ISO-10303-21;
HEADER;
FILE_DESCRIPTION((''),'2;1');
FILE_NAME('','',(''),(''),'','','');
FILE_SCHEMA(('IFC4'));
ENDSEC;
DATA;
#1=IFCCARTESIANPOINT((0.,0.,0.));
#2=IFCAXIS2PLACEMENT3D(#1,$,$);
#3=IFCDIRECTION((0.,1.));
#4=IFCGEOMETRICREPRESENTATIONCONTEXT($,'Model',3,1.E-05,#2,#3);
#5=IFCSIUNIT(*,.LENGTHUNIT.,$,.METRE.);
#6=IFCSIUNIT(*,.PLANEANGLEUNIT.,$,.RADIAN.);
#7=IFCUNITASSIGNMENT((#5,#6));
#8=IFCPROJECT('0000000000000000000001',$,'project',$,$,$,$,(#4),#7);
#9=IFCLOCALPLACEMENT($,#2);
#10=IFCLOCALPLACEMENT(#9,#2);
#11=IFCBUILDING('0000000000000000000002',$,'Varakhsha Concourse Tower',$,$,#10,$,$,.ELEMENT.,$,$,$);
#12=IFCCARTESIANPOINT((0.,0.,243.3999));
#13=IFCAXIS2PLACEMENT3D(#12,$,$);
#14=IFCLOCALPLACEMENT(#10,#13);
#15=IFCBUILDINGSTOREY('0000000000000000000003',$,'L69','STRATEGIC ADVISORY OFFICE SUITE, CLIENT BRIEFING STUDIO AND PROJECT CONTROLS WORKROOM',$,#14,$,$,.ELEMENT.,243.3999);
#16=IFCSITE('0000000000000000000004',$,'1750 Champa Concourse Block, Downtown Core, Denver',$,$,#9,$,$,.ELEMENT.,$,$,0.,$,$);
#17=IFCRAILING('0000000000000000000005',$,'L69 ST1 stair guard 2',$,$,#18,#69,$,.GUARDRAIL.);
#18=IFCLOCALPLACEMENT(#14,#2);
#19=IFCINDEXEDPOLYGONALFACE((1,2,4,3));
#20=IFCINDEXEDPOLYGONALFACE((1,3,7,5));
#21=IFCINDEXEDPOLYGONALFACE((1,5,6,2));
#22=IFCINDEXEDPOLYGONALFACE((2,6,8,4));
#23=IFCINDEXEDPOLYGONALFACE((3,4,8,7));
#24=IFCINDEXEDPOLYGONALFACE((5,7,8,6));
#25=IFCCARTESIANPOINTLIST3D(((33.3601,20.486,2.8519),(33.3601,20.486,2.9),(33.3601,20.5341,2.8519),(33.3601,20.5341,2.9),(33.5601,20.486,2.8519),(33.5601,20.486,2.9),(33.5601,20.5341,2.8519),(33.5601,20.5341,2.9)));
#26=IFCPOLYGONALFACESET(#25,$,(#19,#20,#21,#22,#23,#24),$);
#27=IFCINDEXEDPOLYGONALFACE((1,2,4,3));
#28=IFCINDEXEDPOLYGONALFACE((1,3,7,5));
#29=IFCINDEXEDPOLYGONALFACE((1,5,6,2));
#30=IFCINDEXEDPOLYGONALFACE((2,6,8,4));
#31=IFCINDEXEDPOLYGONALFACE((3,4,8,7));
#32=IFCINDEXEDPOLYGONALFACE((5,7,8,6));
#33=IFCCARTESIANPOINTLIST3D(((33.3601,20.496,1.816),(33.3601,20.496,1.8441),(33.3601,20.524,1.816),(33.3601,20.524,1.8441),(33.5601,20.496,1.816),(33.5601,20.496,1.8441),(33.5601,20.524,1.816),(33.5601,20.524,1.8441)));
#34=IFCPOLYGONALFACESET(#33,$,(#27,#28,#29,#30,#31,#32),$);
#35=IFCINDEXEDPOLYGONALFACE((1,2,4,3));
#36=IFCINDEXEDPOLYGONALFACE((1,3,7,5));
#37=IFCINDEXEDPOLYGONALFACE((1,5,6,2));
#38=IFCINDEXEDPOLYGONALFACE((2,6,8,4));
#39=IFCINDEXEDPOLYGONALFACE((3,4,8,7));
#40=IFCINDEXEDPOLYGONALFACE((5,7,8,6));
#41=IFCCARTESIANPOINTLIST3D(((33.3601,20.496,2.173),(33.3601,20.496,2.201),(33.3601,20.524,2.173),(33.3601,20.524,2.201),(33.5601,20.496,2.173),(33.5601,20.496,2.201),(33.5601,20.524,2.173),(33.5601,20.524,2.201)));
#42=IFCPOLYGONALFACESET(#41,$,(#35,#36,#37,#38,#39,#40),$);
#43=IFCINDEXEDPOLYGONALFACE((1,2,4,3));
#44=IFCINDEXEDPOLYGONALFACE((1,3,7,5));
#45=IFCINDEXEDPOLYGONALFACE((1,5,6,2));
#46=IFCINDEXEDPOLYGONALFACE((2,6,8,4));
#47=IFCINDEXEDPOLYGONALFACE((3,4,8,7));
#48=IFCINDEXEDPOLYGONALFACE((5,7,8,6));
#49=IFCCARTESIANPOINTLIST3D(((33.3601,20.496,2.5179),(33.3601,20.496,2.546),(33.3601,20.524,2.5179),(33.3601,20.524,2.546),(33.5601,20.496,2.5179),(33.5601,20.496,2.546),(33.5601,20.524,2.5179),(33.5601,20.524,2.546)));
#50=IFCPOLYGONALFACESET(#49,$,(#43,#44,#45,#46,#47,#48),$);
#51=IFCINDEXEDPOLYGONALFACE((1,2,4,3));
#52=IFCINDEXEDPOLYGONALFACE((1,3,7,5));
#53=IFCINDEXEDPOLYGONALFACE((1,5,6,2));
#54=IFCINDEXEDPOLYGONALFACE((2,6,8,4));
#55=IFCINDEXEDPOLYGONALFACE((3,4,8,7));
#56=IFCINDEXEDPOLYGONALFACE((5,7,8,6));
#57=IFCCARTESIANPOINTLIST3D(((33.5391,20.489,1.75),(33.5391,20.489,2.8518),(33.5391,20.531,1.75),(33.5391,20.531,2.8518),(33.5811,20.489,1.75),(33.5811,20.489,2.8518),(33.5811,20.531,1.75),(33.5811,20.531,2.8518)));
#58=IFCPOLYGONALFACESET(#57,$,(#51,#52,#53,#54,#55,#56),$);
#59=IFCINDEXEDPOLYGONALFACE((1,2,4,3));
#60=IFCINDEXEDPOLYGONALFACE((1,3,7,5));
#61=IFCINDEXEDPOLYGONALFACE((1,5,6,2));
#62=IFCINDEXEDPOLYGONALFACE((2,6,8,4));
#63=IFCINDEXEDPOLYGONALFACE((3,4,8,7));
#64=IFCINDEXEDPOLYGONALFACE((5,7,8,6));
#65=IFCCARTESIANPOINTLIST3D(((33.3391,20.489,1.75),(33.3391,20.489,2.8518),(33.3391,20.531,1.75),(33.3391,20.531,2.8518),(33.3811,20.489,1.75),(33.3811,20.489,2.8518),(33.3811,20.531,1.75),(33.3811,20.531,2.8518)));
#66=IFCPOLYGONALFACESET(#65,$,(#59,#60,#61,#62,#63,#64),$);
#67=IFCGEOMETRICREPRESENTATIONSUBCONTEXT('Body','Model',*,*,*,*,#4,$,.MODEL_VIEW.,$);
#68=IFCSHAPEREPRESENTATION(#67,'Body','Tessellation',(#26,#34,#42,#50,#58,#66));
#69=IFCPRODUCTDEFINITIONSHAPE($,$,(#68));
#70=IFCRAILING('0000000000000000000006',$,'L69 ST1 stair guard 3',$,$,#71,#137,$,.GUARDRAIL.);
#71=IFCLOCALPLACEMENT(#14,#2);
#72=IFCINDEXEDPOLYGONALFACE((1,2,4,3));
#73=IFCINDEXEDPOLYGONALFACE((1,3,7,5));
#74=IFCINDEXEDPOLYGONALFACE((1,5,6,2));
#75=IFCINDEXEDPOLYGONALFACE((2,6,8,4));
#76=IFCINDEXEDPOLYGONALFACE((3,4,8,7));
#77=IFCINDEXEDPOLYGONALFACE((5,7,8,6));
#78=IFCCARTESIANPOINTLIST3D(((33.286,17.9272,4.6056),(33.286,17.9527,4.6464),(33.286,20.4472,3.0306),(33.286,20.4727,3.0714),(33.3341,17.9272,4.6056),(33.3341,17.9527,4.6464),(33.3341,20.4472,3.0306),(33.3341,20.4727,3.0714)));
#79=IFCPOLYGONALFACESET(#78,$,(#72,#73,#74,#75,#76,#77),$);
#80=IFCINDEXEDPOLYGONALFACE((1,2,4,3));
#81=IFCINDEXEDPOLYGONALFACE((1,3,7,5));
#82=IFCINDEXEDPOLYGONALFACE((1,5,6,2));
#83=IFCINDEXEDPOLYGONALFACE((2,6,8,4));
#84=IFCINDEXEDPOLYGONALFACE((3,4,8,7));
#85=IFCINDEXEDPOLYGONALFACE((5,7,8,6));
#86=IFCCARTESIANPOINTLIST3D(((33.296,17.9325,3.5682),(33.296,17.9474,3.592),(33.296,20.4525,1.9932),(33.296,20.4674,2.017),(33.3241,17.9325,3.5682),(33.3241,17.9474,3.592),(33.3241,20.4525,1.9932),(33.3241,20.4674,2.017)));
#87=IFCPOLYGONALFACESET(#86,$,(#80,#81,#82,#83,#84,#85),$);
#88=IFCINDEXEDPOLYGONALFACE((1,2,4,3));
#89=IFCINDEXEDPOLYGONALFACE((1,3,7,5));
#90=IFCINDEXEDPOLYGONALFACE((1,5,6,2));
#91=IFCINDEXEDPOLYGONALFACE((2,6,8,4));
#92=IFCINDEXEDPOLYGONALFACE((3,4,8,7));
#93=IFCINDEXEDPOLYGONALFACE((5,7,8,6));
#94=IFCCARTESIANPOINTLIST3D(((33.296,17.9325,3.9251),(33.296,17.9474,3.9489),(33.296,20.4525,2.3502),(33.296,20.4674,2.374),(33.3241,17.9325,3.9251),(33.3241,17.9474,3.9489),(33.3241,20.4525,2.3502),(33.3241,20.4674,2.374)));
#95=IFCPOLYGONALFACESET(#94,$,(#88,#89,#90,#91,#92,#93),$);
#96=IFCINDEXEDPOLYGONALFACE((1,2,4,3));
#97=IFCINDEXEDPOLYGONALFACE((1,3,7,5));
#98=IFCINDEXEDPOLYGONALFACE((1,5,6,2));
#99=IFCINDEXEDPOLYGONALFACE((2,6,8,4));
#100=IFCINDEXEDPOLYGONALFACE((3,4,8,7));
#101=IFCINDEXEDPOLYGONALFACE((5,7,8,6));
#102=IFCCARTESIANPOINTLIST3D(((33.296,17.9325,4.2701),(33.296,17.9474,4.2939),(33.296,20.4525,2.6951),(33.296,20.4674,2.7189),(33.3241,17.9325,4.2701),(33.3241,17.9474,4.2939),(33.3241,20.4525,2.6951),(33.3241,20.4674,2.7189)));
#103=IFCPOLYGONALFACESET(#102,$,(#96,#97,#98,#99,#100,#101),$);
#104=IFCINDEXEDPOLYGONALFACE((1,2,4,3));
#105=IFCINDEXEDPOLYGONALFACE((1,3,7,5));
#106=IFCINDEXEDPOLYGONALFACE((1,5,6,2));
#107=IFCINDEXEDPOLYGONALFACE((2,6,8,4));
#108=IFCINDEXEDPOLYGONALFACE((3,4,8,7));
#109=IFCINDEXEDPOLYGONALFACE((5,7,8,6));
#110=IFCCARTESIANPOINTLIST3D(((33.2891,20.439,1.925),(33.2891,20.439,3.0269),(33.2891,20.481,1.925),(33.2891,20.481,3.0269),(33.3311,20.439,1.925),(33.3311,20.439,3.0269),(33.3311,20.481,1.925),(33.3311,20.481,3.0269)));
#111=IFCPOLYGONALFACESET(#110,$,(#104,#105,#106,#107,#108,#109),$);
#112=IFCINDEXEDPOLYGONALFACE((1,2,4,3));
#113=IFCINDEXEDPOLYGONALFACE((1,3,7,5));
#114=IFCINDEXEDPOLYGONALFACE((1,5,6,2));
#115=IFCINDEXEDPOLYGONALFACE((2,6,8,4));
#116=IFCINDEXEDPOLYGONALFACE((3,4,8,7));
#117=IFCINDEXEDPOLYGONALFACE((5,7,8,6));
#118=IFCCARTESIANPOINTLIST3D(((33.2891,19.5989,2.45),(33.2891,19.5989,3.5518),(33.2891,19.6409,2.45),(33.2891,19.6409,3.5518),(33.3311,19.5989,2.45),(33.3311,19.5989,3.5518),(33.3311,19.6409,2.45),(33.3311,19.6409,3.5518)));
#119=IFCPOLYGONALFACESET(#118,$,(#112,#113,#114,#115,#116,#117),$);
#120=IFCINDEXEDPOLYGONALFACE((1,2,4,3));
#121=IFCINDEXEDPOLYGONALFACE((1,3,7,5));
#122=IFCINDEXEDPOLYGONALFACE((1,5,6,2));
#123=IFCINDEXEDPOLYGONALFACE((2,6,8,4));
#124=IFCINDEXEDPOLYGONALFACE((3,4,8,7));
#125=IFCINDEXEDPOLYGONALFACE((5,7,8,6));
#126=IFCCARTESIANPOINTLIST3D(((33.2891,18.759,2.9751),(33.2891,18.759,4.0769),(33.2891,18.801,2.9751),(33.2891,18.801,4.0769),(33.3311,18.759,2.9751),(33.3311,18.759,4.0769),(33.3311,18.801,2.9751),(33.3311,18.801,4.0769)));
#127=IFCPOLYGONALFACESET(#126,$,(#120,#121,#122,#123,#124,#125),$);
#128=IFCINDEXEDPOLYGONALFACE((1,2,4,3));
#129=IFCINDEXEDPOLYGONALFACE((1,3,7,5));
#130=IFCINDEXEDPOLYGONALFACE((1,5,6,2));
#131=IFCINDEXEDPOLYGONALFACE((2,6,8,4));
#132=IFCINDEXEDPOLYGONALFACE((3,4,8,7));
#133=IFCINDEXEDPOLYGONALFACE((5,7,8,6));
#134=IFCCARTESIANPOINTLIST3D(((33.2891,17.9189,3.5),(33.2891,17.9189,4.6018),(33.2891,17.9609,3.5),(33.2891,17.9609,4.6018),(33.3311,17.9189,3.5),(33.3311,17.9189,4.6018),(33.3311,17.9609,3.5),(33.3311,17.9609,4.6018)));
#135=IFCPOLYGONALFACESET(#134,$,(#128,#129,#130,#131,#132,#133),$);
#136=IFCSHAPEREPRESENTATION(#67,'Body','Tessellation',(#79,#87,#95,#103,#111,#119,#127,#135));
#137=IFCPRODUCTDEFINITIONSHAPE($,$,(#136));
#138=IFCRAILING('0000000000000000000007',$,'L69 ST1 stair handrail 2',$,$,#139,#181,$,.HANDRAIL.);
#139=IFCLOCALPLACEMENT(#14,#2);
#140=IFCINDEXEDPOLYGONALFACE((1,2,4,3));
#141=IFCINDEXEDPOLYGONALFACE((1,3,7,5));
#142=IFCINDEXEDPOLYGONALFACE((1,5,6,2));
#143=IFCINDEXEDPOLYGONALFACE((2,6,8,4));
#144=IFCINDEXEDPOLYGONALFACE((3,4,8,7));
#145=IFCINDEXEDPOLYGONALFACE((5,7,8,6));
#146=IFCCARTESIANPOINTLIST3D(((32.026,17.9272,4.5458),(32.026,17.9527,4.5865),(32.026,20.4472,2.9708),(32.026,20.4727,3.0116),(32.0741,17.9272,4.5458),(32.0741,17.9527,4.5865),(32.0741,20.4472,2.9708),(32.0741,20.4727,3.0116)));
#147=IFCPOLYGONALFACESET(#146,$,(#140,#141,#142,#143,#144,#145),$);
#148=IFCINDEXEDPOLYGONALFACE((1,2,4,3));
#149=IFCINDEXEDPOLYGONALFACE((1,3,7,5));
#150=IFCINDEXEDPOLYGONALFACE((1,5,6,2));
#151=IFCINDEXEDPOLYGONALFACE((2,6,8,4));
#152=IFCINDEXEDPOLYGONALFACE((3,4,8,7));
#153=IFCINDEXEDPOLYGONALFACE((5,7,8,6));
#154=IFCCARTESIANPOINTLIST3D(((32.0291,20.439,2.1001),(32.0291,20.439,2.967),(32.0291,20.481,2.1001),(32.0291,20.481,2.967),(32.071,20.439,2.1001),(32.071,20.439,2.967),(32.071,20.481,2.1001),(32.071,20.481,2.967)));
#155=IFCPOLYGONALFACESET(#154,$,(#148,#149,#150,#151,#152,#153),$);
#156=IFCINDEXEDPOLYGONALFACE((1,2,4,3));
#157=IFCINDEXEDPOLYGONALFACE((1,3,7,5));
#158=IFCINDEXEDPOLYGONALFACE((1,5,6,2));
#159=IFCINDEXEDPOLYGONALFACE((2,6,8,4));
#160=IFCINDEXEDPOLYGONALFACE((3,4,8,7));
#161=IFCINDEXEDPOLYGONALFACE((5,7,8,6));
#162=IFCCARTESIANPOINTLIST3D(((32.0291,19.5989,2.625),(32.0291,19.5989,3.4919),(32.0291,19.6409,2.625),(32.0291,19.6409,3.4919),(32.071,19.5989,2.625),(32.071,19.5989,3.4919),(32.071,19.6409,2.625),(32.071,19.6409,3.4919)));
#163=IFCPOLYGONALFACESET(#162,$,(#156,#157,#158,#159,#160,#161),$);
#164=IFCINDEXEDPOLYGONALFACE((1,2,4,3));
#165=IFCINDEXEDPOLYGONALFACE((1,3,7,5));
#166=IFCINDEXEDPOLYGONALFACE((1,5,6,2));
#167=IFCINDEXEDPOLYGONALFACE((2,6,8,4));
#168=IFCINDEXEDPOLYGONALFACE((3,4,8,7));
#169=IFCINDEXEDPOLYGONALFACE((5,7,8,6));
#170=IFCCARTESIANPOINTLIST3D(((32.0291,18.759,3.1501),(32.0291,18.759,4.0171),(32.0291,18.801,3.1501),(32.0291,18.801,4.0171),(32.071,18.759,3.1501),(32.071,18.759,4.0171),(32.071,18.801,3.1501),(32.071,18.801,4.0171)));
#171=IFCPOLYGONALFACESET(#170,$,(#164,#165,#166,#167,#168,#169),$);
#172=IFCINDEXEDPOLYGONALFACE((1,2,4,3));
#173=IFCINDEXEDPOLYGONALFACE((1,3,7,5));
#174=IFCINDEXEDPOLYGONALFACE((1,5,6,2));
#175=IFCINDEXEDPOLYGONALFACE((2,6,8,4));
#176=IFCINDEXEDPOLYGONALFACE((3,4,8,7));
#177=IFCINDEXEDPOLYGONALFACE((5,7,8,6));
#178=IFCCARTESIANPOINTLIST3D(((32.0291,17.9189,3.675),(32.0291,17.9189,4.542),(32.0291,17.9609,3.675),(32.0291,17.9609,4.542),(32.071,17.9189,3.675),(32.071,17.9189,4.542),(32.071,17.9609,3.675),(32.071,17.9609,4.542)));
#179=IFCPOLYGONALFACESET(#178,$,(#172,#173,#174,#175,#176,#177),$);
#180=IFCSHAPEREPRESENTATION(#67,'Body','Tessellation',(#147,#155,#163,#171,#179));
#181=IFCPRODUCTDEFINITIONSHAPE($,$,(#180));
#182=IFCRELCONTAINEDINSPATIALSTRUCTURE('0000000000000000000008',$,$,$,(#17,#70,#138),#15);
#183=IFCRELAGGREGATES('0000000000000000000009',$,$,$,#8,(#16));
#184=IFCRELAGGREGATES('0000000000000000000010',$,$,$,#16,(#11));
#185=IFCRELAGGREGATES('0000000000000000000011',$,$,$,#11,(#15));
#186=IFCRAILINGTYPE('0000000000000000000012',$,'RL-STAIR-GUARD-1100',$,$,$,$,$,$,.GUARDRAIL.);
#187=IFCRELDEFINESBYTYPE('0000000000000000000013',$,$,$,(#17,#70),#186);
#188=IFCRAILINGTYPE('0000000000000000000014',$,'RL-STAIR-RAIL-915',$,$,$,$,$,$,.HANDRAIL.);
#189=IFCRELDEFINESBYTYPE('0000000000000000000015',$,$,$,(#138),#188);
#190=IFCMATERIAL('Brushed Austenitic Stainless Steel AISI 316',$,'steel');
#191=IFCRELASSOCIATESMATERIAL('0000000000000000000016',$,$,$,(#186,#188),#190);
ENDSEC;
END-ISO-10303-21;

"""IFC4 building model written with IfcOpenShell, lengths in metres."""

from ifc_helpers import new_model, si_unit, direction, frame, origin, origin_2d, place, context, subcontext, project, spatial, rectangle, extrude, material, type_object, element, save


model = new_model("IFC4")

# Units and contexts
model_context = context("Model", 3, precision=1e-05, world=origin(), true_north=direction((0.0, 1.0)))
body_context = subcontext(model_context, "Body", "Model", "MODEL_VIEW")
ifc_project = project(units=[si_unit("LENGTHUNIT", "METRE"), si_unit("PLANEANGLEUNIT", "RADIAN")], contexts=[model_context])

# Site, building, storey
site_placement = place(None, origin())
site = spatial("IfcSite", under=ifc_project, at=site_placement, Name="1750 Champa Concourse Block, Downtown Core, Denver", CompositionType="ELEMENT", RefElevation=0.0)
building_placement = place(site_placement, origin())
building = spatial("IfcBuilding", under=site, at=building_placement, Name="Varakhsha Concourse Tower", CompositionType="ELEMENT")
storey_placement = place(building_placement, frame((0.0, 0.0, 243.3999)))
storey = spatial("IfcBuildingStorey", under=building, at=storey_placement, Name="L69", Description="STRATEGIC ADVISORY OFFICE SUITE, CLIENT BRIEFING STUDIO AND PROJECT CONTROLS WORKROOM", CompositionType="ELEMENT", Elevation=243.3999)

# Shared definitions
ifc_material_1 = material(Name="Brushed Austenitic Stainless Steel AISI 316", Category="steel")

# Railings
railing_type_1 = type_object("IfcRailingType", Name="RL-STAIR-GUARD-1100", PredefinedType="GUARDRAIL", material=ifc_material_1)
railing_1_placement = place(storey_placement, frame((33.5601, 20.51, 1.75)))
element("IfcRailing", 1, at=railing_1_placement, inside=storey, type_object=railing_type_1, Name="L69 ST1 stair guard 2", PredefinedType="GUARDRAIL", context=body_context, shape_type="SweptSolid", body=[
    extrude(rectangle(XDim=0.0481, YDim=0.0481, at=origin_2d()), frame((0.0, 0.0, 1.126), z_axis=(-1.0, 0.0, 0.0), x_axis=(0.0, -1.0, 0.0)), (0.0, 0.0, 1.0), 0.2),
    extrude(rectangle(XDim=0.0281, YDim=0.0281, at=origin_2d()), frame((0.0, 0.0, 0.0801), z_axis=(-1.0, 0.0, 0.0), x_axis=(0.0, -1.0, 0.0)), (0.0, 0.0, 1.0), 0.2),
    extrude(rectangle(XDim=0.0281, YDim=0.0281, at=origin_2d()), frame((0.0, 0.0, 0.437), z_axis=(-1.0, 0.0, 0.0), x_axis=(0.0, -1.0, 0.0)), (0.0, 0.0, 1.0), 0.2),
    extrude(rectangle(XDim=0.0281, YDim=0.0281, at=origin_2d()), frame((0.0, 0.0, 0.782), z_axis=(-1.0, 0.0, 0.0), x_axis=(0.0, -1.0, 0.0)), (0.0, 0.0, 1.0), 0.2),
    extrude(rectangle(XDim=0.042, YDim=0.042, at=origin_2d()), origin(), (0.0, 0.0, 1.0), 1.1018),
    extrude(rectangle(XDim=0.042, YDim=0.042, at=origin_2d()), frame((-0.2, 0.0, 0.0)), (0.0, 0.0, 1.0), 1.1018),
])
railing_2_placement = place(storey_placement, frame((33.3101, 20.46, 1.925)))
element("IfcRailing", 2, at=railing_2_placement, inside=storey, type_object=railing_type_1, Name="L69 ST1 stair guard 3", PredefinedType="GUARDRAIL", context=body_context, shape_type="SweptSolid", body=[
    extrude(rectangle(XDim=0.0481, YDim=0.0481, at=origin_2d()), frame((0.0, 0.0, 1.126), z_axis=(0.0, -0.848008, 0.529984), x_axis=(1.0, 0.0, 0.0)), (0.0, 0.0, 1.0), 2.9717),
    extrude(rectangle(XDim=0.0281, YDim=0.0281, at=origin_2d()), frame((0.0, 0.0, 0.0801), z_axis=(0.0, -0.848008, 0.529984), x_axis=(1.0, 0.0, 0.0)), (0.0, 0.0, 1.0), 2.9717),
    extrude(rectangle(XDim=0.0281, YDim=0.0281, at=origin_2d()), frame((0.0, 0.0, 0.437), z_axis=(0.0, -0.848008, 0.529984), x_axis=(1.0, 0.0, 0.0)), (0.0, 0.0, 1.0), 2.9717),
    extrude(rectangle(XDim=0.0281, YDim=0.0281, at=origin_2d()), frame((0.0, 0.0, 0.782), z_axis=(0.0, -0.848008, 0.529984), x_axis=(1.0, 0.0, 0.0)), (0.0, 0.0, 1.0), 2.9717),
    extrude(rectangle(XDim=0.042, YDim=0.042, at=origin_2d()), origin(), (0.0, 0.0, 1.0), 1.1018),
    extrude(rectangle(XDim=0.042, YDim=0.042, at=origin_2d()), frame((0.0, -0.8401, 0.5249)), (0.0, 0.0, 1.0), 1.1018),
    extrude(rectangle(XDim=0.042, YDim=0.042, at=origin_2d()), frame((0.0, -1.6799, 1.05)), (0.0, 0.0, 1.0), 1.1018),
    extrude(rectangle(XDim=0.042, YDim=0.042, at=origin_2d()), frame((0.0, -2.52, 1.575)), (0.0, 0.0, 1.0), 1.1018),
])
railing_type_2 = type_object("IfcRailingType", Name="RL-STAIR-RAIL-915", PredefinedType="HANDRAIL", material=ifc_material_1)
railing_3_placement = place(storey_placement, frame((32.05, 20.46, 2.1001)))
element("IfcRailing", 3, at=railing_3_placement, inside=storey, type_object=railing_type_2, Name="L69 ST1 stair handrail 2", PredefinedType="HANDRAIL", context=body_context, shape_type="SweptSolid", body=[
    extrude(rectangle(XDim=0.0481, YDim=0.0481, at=origin_2d()), frame((0.0, 0.0, 0.8911), z_axis=(0.0, -0.848008, 0.529984), x_axis=(1.0, 0.0, 0.0)), (0.0, 0.0, 1.0), 2.9717),
    extrude(rectangle(XDim=0.042, YDim=0.042, at=origin_2d()), origin(), (0.0, 0.0, 1.0), 0.8669),
    extrude(rectangle(XDim=0.042, YDim=0.042, at=origin_2d()), frame((0.0, -0.8401, 0.5249)), (0.0, 0.0, 1.0), 0.8669),
    extrude(rectangle(XDim=0.042, YDim=0.042, at=origin_2d()), frame((0.0, -1.6799, 1.05)), (0.0, 0.0, 1.0), 0.8669),
    extrude(rectangle(XDim=0.042, YDim=0.042, at=origin_2d()), frame((0.0, -2.52, 1.575)), (0.0, 0.0, 1.0), 0.8669),
])

save(model, "model.ifc")
